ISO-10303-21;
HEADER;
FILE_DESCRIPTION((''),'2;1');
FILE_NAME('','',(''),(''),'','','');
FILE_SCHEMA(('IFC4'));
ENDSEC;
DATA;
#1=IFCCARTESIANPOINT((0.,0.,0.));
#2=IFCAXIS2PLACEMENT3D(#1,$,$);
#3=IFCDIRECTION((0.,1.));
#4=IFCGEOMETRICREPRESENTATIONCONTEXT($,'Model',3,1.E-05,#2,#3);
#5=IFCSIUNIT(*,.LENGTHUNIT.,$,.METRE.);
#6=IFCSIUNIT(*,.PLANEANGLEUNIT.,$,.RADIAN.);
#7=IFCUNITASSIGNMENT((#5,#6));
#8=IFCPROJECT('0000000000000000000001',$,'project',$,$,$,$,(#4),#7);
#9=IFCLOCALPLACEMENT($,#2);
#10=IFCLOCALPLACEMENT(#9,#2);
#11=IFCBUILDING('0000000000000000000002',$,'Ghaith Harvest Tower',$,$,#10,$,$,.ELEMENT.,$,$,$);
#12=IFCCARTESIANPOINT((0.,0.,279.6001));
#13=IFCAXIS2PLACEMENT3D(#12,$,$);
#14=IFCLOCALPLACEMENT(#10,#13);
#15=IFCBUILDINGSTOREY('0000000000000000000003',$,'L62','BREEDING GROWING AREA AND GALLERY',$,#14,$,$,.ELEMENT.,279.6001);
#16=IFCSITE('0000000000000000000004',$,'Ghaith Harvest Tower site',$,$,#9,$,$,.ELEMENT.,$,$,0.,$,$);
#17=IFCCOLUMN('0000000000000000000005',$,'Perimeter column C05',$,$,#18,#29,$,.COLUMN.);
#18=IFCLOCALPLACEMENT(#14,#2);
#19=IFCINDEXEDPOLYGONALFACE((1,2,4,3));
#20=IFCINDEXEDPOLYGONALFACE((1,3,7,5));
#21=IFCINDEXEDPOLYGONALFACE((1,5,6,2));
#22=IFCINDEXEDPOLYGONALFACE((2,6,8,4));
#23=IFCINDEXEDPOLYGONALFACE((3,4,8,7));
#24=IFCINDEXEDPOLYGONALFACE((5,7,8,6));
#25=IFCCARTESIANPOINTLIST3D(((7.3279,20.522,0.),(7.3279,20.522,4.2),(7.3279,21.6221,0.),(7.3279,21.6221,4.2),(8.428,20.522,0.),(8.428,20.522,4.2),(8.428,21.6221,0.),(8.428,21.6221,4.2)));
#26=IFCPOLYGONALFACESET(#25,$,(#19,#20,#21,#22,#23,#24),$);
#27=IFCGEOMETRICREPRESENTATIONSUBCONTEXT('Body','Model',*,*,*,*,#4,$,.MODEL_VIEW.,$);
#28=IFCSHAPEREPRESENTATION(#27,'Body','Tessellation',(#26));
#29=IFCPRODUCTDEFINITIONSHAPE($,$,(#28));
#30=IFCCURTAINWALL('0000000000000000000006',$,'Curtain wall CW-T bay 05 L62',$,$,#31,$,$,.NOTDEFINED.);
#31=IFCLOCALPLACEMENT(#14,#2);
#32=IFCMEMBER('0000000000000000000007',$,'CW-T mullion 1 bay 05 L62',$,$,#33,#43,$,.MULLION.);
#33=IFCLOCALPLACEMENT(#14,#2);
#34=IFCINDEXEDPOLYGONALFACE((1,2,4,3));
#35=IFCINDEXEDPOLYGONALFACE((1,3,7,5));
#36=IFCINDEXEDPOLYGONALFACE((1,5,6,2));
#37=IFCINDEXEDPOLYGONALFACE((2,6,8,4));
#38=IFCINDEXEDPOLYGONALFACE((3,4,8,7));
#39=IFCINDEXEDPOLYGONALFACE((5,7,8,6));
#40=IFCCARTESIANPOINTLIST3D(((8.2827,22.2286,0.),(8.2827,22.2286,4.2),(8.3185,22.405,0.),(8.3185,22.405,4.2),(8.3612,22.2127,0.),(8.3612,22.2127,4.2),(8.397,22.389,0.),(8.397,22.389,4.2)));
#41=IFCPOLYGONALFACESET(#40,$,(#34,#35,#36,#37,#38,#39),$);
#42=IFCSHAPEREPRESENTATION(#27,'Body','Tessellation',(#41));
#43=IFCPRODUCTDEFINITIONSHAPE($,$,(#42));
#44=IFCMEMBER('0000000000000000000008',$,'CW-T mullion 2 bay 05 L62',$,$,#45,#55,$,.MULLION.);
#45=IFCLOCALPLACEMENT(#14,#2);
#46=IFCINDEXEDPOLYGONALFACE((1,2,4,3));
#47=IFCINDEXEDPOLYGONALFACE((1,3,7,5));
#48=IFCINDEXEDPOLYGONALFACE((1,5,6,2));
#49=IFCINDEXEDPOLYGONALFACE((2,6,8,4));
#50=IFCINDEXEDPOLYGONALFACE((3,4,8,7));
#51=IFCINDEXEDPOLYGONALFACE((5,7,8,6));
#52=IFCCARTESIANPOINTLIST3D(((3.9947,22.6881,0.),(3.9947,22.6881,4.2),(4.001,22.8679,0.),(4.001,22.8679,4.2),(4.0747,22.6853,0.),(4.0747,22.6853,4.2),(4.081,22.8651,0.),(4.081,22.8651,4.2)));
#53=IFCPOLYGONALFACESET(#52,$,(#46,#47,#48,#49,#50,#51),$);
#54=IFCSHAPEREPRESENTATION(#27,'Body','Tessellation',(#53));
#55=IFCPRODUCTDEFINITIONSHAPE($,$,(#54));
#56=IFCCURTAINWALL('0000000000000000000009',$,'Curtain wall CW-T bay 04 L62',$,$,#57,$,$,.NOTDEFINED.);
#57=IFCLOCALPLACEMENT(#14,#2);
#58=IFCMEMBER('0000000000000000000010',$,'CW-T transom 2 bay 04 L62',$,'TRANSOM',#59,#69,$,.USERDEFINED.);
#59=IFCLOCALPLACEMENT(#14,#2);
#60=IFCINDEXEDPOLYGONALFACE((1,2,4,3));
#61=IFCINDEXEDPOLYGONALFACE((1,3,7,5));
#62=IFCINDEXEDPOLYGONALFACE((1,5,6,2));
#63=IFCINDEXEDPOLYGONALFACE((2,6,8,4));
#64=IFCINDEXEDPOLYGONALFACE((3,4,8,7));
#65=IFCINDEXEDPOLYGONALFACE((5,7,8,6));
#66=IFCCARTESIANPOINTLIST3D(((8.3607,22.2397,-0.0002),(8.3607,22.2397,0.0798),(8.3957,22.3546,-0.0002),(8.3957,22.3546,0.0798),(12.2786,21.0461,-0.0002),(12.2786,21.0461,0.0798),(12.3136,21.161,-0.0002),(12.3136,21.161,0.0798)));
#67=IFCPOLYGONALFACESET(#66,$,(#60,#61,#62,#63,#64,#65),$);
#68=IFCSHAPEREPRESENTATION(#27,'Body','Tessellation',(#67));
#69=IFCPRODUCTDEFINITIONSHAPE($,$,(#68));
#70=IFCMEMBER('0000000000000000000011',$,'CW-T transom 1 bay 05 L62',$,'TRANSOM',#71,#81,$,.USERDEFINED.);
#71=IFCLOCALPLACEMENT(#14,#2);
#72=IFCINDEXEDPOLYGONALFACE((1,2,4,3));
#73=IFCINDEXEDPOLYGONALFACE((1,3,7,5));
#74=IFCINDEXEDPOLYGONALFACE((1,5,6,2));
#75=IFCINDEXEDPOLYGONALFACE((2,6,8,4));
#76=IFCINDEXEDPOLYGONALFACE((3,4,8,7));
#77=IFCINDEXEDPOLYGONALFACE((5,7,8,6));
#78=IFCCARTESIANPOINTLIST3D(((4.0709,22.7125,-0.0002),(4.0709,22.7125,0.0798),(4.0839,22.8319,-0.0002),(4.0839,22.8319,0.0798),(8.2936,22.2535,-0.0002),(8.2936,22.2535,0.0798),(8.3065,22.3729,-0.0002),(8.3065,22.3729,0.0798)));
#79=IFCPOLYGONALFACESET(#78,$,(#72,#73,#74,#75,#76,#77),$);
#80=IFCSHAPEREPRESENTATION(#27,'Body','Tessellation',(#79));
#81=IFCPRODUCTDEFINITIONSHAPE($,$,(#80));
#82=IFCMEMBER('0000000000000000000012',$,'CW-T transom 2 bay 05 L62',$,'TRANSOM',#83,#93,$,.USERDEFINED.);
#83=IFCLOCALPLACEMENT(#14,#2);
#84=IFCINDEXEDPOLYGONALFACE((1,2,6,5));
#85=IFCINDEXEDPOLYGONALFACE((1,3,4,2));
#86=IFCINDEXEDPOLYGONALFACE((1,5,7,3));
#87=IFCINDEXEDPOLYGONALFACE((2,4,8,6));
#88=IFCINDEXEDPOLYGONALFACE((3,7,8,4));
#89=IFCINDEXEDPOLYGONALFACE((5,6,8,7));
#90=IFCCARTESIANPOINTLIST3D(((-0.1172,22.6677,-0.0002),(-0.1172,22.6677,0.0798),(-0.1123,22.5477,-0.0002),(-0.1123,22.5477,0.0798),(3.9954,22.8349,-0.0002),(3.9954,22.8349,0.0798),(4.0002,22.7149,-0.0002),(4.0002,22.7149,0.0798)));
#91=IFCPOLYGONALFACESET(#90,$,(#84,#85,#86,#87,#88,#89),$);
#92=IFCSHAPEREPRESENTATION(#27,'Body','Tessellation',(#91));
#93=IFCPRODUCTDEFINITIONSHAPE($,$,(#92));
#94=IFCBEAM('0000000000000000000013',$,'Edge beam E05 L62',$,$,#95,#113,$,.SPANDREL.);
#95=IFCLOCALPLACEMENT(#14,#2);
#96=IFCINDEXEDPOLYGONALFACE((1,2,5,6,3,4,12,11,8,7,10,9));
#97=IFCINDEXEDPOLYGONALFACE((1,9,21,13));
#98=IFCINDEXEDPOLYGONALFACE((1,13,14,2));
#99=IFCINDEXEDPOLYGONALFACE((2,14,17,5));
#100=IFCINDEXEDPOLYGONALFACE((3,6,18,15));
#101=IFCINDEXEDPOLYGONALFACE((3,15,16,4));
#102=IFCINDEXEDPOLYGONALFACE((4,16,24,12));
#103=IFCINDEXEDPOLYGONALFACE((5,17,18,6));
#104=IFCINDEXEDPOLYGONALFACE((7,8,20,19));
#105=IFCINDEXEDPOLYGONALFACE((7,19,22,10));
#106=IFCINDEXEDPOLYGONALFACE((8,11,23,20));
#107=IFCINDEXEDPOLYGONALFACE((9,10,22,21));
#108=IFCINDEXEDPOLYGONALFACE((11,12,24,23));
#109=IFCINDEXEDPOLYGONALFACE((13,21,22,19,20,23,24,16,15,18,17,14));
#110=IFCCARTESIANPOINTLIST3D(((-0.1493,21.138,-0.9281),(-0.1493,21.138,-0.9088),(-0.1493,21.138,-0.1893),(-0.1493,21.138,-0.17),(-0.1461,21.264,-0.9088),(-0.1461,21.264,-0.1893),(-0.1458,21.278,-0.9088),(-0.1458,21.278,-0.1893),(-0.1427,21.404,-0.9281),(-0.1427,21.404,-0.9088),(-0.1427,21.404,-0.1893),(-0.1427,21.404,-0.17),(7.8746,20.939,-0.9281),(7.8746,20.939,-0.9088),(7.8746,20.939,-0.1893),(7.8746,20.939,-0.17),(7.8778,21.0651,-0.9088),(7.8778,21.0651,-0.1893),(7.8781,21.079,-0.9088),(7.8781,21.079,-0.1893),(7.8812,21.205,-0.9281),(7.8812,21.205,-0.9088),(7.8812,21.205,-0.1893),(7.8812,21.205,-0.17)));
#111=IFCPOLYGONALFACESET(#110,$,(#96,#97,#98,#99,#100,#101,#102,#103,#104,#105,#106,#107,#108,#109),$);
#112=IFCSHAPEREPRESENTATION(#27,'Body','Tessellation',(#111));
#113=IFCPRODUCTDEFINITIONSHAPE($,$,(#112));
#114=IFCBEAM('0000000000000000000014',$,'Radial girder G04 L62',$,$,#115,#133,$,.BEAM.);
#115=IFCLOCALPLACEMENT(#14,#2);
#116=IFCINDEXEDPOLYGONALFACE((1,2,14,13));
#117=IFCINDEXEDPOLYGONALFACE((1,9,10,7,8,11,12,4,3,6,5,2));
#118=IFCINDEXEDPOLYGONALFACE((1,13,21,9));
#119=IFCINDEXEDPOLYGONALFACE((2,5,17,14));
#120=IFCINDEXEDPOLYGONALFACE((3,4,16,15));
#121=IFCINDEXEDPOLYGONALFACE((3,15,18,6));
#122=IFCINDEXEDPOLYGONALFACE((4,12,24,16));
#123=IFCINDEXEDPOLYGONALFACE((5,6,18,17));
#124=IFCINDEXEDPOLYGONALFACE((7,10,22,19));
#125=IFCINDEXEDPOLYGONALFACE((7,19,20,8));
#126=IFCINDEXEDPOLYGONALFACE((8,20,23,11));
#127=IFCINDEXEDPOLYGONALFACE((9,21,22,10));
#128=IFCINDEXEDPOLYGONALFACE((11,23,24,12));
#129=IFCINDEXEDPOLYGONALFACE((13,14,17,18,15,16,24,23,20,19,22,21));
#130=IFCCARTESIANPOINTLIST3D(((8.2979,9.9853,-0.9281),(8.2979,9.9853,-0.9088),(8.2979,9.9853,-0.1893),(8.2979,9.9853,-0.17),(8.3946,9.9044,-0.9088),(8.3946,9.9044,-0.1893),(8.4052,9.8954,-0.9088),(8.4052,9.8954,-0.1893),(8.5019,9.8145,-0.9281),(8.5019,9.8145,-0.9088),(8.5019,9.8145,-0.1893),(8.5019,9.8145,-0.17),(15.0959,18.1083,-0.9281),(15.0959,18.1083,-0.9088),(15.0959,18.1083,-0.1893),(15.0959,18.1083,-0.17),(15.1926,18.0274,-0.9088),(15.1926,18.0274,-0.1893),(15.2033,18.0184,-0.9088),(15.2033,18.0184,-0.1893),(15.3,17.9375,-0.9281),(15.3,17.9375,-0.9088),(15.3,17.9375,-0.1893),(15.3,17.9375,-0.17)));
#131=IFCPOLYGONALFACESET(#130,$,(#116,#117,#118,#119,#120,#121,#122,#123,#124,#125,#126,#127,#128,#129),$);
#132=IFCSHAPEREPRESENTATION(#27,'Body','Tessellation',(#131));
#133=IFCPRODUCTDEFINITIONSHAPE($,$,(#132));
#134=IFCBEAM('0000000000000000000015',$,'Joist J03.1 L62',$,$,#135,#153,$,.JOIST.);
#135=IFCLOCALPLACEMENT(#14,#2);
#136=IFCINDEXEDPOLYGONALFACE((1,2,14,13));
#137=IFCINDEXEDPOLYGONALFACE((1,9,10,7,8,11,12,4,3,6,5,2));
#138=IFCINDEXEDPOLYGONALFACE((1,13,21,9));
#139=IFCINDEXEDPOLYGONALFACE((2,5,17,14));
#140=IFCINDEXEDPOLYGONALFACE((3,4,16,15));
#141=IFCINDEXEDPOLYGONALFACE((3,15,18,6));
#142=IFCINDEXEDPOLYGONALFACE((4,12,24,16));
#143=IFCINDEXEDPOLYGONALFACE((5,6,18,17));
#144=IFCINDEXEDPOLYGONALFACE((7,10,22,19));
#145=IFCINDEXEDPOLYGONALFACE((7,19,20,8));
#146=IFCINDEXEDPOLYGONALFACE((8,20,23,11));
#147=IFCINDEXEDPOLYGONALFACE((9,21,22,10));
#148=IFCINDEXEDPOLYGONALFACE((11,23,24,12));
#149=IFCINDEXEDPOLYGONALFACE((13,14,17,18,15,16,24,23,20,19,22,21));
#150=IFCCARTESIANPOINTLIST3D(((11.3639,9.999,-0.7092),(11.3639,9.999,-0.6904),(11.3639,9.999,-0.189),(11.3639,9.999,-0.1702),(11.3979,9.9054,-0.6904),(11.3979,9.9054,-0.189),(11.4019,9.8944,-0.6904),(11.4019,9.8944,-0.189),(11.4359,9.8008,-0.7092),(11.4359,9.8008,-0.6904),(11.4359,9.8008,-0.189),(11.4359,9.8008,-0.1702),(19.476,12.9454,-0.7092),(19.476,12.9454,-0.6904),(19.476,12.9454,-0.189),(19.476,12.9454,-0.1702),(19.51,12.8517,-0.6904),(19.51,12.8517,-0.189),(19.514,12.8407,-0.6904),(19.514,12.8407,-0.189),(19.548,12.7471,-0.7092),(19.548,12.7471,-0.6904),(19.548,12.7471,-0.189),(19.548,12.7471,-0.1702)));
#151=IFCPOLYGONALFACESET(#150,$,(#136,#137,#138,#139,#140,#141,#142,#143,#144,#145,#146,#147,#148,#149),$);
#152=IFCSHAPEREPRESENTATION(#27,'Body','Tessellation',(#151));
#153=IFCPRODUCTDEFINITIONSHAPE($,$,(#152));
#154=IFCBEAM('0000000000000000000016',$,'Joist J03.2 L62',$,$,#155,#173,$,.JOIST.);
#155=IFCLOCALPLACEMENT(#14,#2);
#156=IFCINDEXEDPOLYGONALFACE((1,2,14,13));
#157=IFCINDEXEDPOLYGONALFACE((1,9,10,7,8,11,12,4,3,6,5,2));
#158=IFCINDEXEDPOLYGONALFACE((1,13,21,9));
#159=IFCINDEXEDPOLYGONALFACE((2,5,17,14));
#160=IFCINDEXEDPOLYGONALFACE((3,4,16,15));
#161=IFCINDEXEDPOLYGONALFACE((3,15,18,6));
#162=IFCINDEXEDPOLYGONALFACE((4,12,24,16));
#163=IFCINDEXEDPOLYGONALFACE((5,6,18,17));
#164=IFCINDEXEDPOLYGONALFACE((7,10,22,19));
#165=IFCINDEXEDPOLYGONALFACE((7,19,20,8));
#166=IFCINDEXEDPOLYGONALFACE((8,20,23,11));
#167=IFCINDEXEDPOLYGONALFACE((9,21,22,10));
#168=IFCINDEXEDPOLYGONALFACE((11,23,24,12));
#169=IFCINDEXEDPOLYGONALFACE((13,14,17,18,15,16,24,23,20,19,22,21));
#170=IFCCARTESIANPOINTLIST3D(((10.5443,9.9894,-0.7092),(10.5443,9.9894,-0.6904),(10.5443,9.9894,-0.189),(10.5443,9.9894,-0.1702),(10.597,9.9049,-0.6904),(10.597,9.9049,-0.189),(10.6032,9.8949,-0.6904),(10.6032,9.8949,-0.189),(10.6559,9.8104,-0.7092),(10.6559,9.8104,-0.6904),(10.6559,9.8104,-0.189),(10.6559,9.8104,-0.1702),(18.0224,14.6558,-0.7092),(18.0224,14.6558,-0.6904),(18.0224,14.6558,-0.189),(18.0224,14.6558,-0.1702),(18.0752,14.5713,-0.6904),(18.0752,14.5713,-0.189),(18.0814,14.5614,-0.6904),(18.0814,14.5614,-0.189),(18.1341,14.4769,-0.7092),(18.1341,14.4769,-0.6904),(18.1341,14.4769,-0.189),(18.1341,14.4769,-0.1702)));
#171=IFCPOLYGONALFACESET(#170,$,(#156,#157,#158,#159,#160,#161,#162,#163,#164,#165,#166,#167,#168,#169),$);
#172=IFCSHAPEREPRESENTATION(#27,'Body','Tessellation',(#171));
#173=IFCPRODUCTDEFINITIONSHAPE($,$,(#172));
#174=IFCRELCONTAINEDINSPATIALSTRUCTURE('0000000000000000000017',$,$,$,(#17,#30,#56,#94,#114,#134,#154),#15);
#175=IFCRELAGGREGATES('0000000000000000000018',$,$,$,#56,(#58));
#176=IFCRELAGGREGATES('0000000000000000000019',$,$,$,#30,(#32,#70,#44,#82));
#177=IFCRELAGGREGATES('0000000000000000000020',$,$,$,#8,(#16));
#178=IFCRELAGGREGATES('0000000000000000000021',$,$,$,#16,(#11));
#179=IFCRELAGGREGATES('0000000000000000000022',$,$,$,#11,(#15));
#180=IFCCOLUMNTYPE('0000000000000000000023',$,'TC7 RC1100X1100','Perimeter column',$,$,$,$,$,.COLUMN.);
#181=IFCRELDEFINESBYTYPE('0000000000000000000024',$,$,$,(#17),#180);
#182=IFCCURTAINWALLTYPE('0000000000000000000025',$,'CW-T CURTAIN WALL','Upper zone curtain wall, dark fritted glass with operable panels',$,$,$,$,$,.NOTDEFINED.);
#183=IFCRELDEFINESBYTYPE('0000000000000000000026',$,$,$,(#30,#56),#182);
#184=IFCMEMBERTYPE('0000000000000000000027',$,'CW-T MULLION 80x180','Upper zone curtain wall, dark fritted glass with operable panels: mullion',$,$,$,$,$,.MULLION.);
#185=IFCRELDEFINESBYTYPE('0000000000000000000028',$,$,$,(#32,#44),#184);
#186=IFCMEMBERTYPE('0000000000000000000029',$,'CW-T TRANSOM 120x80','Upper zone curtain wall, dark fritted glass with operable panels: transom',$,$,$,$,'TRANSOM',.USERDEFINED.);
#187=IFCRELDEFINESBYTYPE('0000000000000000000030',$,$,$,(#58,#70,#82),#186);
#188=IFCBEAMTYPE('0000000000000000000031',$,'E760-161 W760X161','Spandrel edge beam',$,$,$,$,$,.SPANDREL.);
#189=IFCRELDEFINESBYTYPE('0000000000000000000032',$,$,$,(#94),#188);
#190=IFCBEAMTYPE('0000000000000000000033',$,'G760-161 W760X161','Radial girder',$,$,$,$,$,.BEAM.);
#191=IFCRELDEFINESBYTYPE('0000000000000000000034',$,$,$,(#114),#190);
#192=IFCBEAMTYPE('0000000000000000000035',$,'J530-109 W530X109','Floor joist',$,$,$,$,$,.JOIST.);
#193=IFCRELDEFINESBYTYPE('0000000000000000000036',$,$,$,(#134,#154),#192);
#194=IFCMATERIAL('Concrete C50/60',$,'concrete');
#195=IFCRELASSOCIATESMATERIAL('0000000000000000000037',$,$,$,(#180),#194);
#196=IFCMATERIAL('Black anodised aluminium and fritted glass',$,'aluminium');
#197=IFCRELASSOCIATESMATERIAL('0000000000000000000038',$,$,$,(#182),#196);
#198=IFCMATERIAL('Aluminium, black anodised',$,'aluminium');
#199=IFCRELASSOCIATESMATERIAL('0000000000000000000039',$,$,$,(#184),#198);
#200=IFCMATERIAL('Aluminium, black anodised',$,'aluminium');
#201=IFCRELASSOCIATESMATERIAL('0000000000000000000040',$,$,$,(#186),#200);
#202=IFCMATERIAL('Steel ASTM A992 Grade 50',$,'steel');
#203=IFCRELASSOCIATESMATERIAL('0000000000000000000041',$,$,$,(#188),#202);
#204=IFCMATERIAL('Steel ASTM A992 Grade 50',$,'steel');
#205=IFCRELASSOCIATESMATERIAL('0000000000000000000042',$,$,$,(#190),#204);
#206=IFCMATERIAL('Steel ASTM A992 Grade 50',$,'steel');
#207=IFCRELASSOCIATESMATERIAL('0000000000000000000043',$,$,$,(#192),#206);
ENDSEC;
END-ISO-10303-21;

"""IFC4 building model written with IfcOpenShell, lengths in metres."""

from ifc_helpers import new_model, si_unit, direction, frame, origin, origin_2d, place, context, subcontext, project, spatial, rectangle, i_section, extrude, material, material_profile, profile_set, type_object, element, aggregate, save


model = new_model("IFC4")

# Units and contexts
model_context = context("Model", 3, precision=1e-05, world=origin(), true_north=direction((0.0, 1.0)))
body_context = subcontext(model_context, "Body", "Model", "MODEL_VIEW")
ifc_project = project(units=[si_unit("LENGTHUNIT", "METRE"), si_unit("PLANEANGLEUNIT", "RADIAN")], contexts=[model_context])

# Site, building, storey
site_placement = place(None, origin())
site = spatial("IfcSite", under=ifc_project, at=site_placement, Name="Ghaith Harvest Tower site", CompositionType="ELEMENT", RefElevation=0.0)
building_placement = place(site_placement, origin())
building = spatial("IfcBuilding", under=site, at=building_placement, Name="Ghaith Harvest Tower", CompositionType="ELEMENT")
storey_placement = place(building_placement, frame((0.0, 0.0, 279.6001)))
storey = spatial("IfcBuildingStorey", under=building, at=storey_placement, Name="L62", Description="BREEDING GROWING AREA AND GALLERY", CompositionType="ELEMENT", Elevation=279.6001)

# Column
ifc_material_1 = material(Name="Concrete C50/60", Category="concrete")
ifc_material_profile_1 = material_profile(ifc_material_1, rectangle(XDim=1.1001, YDim=1.1001, at=origin_2d()), Name="RC1100X1100")
ifc_profile_set_1 = profile_set([ifc_material_profile_1], Name="Concrete C50/60")
column_type = type_object("IfcColumnType", Name="TC7 RC1100X1100", Description="Perimeter column", PredefinedType="COLUMN", material=ifc_profile_set_1)
column_placement = place(storey_placement, frame((7.8779, 21.072, 0.0), z_axis=(0.0, 0.0, 1.0), x_axis=(1.0, 0.0, 0.0)))
element("IfcColumn", 1, at=column_placement, inside=storey, type_object=column_type, Name="Perimeter column C05", PredefinedType="COLUMN", context=body_context, shape_type="SweptSolid", body=[
    extrude(rectangle(XDim=1.1001, YDim=1.1001, at=origin_2d()), origin(), (0.0, 0.0, 1.0), 4.2),
])

# Curtain wall, members
ifc_material_2 = material(Name="Black anodised aluminium and fritted glass", Category="aluminium")
curtain_wall_type = type_object("IfcCurtainWallType", Name="CW-T CURTAIN WALL", Description="Upper zone curtain wall, dark fritted glass with operable panels", PredefinedType="NOTDEFINED", material=ifc_material_2)
curtain_wall_1_placement = place(storey_placement, origin())
curtain_wall_1 = element("IfcCurtainWall", 2, at=curtain_wall_1_placement, inside=storey, type_object=curtain_wall_type, Name="Curtain wall CW-T bay 05 L62", PredefinedType="NOTDEFINED")
ifc_material_3 = material(Name="Aluminium, black anodised", Category="aluminium")
ifc_material_profile_2 = material_profile(ifc_material_3, rectangle(XDim=0.0801, YDim=0.1799, at=origin_2d()), Name="CW-T MULLION 80x180")
ifc_profile_set_2 = profile_set([ifc_material_profile_2], Name="Aluminium, black anodised")
member_type_1 = type_object("IfcMemberType", Name="CW-T MULLION 80x180", Description="Upper zone curtain wall, dark fritted glass with operable panels: mullion", PredefinedType="MULLION", material=ifc_profile_set_2)
member_1_placement = place(storey_placement, frame((8.3398, 22.3088, 0.0), z_axis=(0.0, 0.0, 1.0), x_axis=(-0.98, 0.198997, 0.0)))
member_1 = element("IfcMember", 3, at=member_1_placement, type_object=member_type_1, Name="CW-T mullion 1 bay 05 L62", PredefinedType="MULLION", context=body_context, shape_type="SweptSolid", body=[
    extrude(rectangle(XDim=0.0801, YDim=0.1799, at=origin_2d()), origin(), (0.0, 0.0, 1.0), 4.2),
])
member_2_placement = place(storey_placement, frame((4.0378, 22.7766, 0.0), z_axis=(0.0, 0.0, 1.0), x_axis=(-0.999389, 0.034962, 0.0)))
member_2 = element("IfcMember", 4, at=member_2_placement, type_object=member_type_1, Name="CW-T mullion 2 bay 05 L62", PredefinedType="MULLION", context=body_context, shape_type="SweptSolid", body=[
    extrude(rectangle(XDim=0.0801, YDim=0.1799, at=origin_2d()), origin(), (0.0, 0.0, 1.0), 4.2),
])

# Curtain wall, member
curtain_wall_2_placement = place(storey_placement, origin())
curtain_wall_2 = element("IfcCurtainWall", 5, at=curtain_wall_2_placement, inside=storey, type_object=curtain_wall_type, Name="Curtain wall CW-T bay 04 L62", PredefinedType="NOTDEFINED")
ifc_material_4 = material(Name="Aluminium, black anodised", Category="aluminium")
ifc_material_profile_3 = material_profile(ifc_material_4, rectangle(XDim=0.1201, YDim=0.0801, at=origin_2d()), Name="CW-T TRANSOM 120x80")
ifc_profile_set_3 = profile_set([ifc_material_profile_3], Name="Aluminium, black anodised")
member_type_2 = type_object("IfcMemberType", Name="CW-T TRANSOM 120x80", Description="Upper zone curtain wall, dark fritted glass with operable panels: transom", ElementType="TRANSOM", PredefinedType="USERDEFINED", material=ifc_profile_set_3)
member_3_placement = place(storey_placement, frame((12.2961, 21.1035, 0.0398), z_axis=(-0.956594, 0.291425, 0.0), x_axis=(-0.291425, -0.956594, 0.0)))
member_3 = element("IfcMember", 6, at=member_3_placement, type_object=member_type_2, Name="CW-T transom 2 bay 04 L62", ObjectType="TRANSOM", PredefinedType="USERDEFINED", context=body_context, shape_type="SweptSolid", body=[
    extrude(rectangle(XDim=0.1201, YDim=0.0801, at=origin_2d()), origin(), (0.0, 0.0, 1.0), 4.0957),
])

# Members
member_4_placement = place(storey_placement, frame((8.3, 22.3132, 0.0398), z_axis=(-0.994144, 0.108059, 0.0), x_axis=(-0.108059, -0.994144, 0.0)))
member_4 = element("IfcMember", 7, at=member_4_placement, type_object=member_type_2, Name="CW-T transom 1 bay 05 L62", ObjectType="TRANSOM", PredefinedType="USERDEFINED", context=body_context, shape_type="SweptSolid", body=[
    extrude(rectangle(XDim=0.1201, YDim=0.0801, at=origin_2d()), origin(), (0.0, 0.0, 1.0), 4.2476),
])
member_5_placement = place(storey_placement, frame((3.9978, 22.7749, 0.0398), z_axis=(-0.999174, -0.040631, 0.0), x_axis=(0.040631, -0.999174, 0.0)))
member_5 = element("IfcMember", 8, at=member_5_placement, type_object=member_type_2, Name="CW-T transom 2 bay 05 L62", ObjectType="TRANSOM", PredefinedType="USERDEFINED", context=body_context, shape_type="SweptSolid", body=[
    extrude(rectangle(XDim=0.1201, YDim=0.0801, at=origin_2d()), origin(), (0.0, 0.0, 1.0), 4.116),
])

# Beams
ifc_material_5 = material(Name="Steel ASTM A992 Grade 50", Category="steel")
ifc_material_profile_4 = material_profile(ifc_material_5, i_section(OverallWidth=0.2661, OverallDepth=0.7581, WebThickness=0.0139, FlangeThickness=0.0193, at=origin_2d()), Name="W760X161")
ifc_profile_set_4 = profile_set([ifc_material_profile_4], Name="Steel ASTM A992 Grade 50")
beam_type_1 = type_object("IfcBeamType", Name="E760-161 W760X161", Description="Spandrel edge beam", PredefinedType="SPANDREL", material=ifc_profile_set_4)
beam_1_placement = place(storey_placement, frame((7.8779, 21.072, -0.5491), z_axis=(-0.999693, 0.02479, 0.0), x_axis=(-0.02479, -0.999693, 0.0)))
element("IfcBeam", 9, at=beam_1_placement, inside=storey, type_object=beam_type_1, Name="Edge beam E05 L62", PredefinedType="SPANDREL", context=body_context, shape_type="SweptSolid", body=[
    extrude(i_section(OverallWidth=0.2661, OverallDepth=0.7581, WebThickness=0.0139, FlangeThickness=0.0193, at=origin_2d()), origin(), (0.0, 0.0, 1.0), 8.0264),
])
ifc_material_6 = material(Name="Steel ASTM A992 Grade 50", Category="steel")
ifc_material_profile_5 = material_profile(ifc_material_6, i_section(OverallWidth=0.2661, OverallDepth=0.7581, WebThickness=0.0139, FlangeThickness=0.0193, at=origin_2d()), Name="W760X161")
ifc_profile_set_5 = profile_set([ifc_material_profile_5], Name="Steel ASTM A992 Grade 50")
beam_type_2 = type_object("IfcBeamType", Name="G760-161 W760X161", Description="Radial girder", PredefinedType="BEAM", material=ifc_profile_set_5)
beam_2_placement = place(storey_placement, frame((8.3999, 9.8999, -0.5491), z_axis=(0.641793, 0.766878, 0.0), x_axis=(-0.766878, 0.641793, 0.0)))
element("IfcBeam", 10, at=beam_2_placement, inside=storey, type_object=beam_type_2, Name="Radial girder G04 L62", PredefinedType="BEAM", context=body_context, shape_type="SweptSolid", body=[
    extrude(i_section(OverallWidth=0.2661, OverallDepth=0.7581, WebThickness=0.0139, FlangeThickness=0.0193, at=origin_2d()), origin(), (0.0, 0.0, 1.0), 10.5923),
])
ifc_material_7 = material(Name="Steel ASTM A992 Grade 50", Category="steel")
ifc_material_profile_6 = material_profile(ifc_material_7, i_section(OverallWidth=0.2109, OverallDepth=0.5391, WebThickness=0.0117, FlangeThickness=0.0188, at=origin_2d()), Name="W530X109")
ifc_profile_set_6 = profile_set([ifc_material_profile_6], Name="Steel ASTM A992 Grade 50")
beam_type_3 = type_object("IfcBeamType", Name="J530-109 W530X109", Description="Floor joist", PredefinedType="JOIST", material=ifc_profile_set_6)
beam_3_placement = place(storey_placement, frame((11.3999, 9.8999, -0.4397), z_axis=(0.939926, 0.34138, 0.0), x_axis=(-0.34138, 0.939926, 0.0)))
element("IfcBeam", 11, at=beam_3_placement, inside=storey, type_object=beam_type_3, Name="Joist J03.1 L62", PredefinedType="JOIST", context=body_context, shape_type="SweptSolid", body=[
    extrude(i_section(OverallWidth=0.2109, OverallDepth=0.5391, WebThickness=0.0117, FlangeThickness=0.0188, at=origin_2d()), origin(), (0.0, 0.0, 1.0), 8.6306),
])
beam_4_placement = place(storey_placement, frame((10.6001, 9.8999, -0.4397), z_axis=(0.848376, 0.529394, 0.0), x_axis=(-0.529394, 0.848376, 0.0)))
element("IfcBeam", 12, at=beam_4_placement, inside=storey, type_object=beam_type_3, Name="Joist J03.2 L62", PredefinedType="JOIST", context=body_context, shape_type="SweptSolid", body=[
    extrude(i_section(OverallWidth=0.2109, OverallDepth=0.5391, WebThickness=0.0117, FlangeThickness=0.0188, at=origin_2d()), origin(), (0.0, 0.0, 1.0), 8.8147),
])

aggregate(curtain_wall_2, [member_3])
aggregate(curtain_wall_1, [member_1, member_4, member_2, member_5])

save(model, "model.ifc")
